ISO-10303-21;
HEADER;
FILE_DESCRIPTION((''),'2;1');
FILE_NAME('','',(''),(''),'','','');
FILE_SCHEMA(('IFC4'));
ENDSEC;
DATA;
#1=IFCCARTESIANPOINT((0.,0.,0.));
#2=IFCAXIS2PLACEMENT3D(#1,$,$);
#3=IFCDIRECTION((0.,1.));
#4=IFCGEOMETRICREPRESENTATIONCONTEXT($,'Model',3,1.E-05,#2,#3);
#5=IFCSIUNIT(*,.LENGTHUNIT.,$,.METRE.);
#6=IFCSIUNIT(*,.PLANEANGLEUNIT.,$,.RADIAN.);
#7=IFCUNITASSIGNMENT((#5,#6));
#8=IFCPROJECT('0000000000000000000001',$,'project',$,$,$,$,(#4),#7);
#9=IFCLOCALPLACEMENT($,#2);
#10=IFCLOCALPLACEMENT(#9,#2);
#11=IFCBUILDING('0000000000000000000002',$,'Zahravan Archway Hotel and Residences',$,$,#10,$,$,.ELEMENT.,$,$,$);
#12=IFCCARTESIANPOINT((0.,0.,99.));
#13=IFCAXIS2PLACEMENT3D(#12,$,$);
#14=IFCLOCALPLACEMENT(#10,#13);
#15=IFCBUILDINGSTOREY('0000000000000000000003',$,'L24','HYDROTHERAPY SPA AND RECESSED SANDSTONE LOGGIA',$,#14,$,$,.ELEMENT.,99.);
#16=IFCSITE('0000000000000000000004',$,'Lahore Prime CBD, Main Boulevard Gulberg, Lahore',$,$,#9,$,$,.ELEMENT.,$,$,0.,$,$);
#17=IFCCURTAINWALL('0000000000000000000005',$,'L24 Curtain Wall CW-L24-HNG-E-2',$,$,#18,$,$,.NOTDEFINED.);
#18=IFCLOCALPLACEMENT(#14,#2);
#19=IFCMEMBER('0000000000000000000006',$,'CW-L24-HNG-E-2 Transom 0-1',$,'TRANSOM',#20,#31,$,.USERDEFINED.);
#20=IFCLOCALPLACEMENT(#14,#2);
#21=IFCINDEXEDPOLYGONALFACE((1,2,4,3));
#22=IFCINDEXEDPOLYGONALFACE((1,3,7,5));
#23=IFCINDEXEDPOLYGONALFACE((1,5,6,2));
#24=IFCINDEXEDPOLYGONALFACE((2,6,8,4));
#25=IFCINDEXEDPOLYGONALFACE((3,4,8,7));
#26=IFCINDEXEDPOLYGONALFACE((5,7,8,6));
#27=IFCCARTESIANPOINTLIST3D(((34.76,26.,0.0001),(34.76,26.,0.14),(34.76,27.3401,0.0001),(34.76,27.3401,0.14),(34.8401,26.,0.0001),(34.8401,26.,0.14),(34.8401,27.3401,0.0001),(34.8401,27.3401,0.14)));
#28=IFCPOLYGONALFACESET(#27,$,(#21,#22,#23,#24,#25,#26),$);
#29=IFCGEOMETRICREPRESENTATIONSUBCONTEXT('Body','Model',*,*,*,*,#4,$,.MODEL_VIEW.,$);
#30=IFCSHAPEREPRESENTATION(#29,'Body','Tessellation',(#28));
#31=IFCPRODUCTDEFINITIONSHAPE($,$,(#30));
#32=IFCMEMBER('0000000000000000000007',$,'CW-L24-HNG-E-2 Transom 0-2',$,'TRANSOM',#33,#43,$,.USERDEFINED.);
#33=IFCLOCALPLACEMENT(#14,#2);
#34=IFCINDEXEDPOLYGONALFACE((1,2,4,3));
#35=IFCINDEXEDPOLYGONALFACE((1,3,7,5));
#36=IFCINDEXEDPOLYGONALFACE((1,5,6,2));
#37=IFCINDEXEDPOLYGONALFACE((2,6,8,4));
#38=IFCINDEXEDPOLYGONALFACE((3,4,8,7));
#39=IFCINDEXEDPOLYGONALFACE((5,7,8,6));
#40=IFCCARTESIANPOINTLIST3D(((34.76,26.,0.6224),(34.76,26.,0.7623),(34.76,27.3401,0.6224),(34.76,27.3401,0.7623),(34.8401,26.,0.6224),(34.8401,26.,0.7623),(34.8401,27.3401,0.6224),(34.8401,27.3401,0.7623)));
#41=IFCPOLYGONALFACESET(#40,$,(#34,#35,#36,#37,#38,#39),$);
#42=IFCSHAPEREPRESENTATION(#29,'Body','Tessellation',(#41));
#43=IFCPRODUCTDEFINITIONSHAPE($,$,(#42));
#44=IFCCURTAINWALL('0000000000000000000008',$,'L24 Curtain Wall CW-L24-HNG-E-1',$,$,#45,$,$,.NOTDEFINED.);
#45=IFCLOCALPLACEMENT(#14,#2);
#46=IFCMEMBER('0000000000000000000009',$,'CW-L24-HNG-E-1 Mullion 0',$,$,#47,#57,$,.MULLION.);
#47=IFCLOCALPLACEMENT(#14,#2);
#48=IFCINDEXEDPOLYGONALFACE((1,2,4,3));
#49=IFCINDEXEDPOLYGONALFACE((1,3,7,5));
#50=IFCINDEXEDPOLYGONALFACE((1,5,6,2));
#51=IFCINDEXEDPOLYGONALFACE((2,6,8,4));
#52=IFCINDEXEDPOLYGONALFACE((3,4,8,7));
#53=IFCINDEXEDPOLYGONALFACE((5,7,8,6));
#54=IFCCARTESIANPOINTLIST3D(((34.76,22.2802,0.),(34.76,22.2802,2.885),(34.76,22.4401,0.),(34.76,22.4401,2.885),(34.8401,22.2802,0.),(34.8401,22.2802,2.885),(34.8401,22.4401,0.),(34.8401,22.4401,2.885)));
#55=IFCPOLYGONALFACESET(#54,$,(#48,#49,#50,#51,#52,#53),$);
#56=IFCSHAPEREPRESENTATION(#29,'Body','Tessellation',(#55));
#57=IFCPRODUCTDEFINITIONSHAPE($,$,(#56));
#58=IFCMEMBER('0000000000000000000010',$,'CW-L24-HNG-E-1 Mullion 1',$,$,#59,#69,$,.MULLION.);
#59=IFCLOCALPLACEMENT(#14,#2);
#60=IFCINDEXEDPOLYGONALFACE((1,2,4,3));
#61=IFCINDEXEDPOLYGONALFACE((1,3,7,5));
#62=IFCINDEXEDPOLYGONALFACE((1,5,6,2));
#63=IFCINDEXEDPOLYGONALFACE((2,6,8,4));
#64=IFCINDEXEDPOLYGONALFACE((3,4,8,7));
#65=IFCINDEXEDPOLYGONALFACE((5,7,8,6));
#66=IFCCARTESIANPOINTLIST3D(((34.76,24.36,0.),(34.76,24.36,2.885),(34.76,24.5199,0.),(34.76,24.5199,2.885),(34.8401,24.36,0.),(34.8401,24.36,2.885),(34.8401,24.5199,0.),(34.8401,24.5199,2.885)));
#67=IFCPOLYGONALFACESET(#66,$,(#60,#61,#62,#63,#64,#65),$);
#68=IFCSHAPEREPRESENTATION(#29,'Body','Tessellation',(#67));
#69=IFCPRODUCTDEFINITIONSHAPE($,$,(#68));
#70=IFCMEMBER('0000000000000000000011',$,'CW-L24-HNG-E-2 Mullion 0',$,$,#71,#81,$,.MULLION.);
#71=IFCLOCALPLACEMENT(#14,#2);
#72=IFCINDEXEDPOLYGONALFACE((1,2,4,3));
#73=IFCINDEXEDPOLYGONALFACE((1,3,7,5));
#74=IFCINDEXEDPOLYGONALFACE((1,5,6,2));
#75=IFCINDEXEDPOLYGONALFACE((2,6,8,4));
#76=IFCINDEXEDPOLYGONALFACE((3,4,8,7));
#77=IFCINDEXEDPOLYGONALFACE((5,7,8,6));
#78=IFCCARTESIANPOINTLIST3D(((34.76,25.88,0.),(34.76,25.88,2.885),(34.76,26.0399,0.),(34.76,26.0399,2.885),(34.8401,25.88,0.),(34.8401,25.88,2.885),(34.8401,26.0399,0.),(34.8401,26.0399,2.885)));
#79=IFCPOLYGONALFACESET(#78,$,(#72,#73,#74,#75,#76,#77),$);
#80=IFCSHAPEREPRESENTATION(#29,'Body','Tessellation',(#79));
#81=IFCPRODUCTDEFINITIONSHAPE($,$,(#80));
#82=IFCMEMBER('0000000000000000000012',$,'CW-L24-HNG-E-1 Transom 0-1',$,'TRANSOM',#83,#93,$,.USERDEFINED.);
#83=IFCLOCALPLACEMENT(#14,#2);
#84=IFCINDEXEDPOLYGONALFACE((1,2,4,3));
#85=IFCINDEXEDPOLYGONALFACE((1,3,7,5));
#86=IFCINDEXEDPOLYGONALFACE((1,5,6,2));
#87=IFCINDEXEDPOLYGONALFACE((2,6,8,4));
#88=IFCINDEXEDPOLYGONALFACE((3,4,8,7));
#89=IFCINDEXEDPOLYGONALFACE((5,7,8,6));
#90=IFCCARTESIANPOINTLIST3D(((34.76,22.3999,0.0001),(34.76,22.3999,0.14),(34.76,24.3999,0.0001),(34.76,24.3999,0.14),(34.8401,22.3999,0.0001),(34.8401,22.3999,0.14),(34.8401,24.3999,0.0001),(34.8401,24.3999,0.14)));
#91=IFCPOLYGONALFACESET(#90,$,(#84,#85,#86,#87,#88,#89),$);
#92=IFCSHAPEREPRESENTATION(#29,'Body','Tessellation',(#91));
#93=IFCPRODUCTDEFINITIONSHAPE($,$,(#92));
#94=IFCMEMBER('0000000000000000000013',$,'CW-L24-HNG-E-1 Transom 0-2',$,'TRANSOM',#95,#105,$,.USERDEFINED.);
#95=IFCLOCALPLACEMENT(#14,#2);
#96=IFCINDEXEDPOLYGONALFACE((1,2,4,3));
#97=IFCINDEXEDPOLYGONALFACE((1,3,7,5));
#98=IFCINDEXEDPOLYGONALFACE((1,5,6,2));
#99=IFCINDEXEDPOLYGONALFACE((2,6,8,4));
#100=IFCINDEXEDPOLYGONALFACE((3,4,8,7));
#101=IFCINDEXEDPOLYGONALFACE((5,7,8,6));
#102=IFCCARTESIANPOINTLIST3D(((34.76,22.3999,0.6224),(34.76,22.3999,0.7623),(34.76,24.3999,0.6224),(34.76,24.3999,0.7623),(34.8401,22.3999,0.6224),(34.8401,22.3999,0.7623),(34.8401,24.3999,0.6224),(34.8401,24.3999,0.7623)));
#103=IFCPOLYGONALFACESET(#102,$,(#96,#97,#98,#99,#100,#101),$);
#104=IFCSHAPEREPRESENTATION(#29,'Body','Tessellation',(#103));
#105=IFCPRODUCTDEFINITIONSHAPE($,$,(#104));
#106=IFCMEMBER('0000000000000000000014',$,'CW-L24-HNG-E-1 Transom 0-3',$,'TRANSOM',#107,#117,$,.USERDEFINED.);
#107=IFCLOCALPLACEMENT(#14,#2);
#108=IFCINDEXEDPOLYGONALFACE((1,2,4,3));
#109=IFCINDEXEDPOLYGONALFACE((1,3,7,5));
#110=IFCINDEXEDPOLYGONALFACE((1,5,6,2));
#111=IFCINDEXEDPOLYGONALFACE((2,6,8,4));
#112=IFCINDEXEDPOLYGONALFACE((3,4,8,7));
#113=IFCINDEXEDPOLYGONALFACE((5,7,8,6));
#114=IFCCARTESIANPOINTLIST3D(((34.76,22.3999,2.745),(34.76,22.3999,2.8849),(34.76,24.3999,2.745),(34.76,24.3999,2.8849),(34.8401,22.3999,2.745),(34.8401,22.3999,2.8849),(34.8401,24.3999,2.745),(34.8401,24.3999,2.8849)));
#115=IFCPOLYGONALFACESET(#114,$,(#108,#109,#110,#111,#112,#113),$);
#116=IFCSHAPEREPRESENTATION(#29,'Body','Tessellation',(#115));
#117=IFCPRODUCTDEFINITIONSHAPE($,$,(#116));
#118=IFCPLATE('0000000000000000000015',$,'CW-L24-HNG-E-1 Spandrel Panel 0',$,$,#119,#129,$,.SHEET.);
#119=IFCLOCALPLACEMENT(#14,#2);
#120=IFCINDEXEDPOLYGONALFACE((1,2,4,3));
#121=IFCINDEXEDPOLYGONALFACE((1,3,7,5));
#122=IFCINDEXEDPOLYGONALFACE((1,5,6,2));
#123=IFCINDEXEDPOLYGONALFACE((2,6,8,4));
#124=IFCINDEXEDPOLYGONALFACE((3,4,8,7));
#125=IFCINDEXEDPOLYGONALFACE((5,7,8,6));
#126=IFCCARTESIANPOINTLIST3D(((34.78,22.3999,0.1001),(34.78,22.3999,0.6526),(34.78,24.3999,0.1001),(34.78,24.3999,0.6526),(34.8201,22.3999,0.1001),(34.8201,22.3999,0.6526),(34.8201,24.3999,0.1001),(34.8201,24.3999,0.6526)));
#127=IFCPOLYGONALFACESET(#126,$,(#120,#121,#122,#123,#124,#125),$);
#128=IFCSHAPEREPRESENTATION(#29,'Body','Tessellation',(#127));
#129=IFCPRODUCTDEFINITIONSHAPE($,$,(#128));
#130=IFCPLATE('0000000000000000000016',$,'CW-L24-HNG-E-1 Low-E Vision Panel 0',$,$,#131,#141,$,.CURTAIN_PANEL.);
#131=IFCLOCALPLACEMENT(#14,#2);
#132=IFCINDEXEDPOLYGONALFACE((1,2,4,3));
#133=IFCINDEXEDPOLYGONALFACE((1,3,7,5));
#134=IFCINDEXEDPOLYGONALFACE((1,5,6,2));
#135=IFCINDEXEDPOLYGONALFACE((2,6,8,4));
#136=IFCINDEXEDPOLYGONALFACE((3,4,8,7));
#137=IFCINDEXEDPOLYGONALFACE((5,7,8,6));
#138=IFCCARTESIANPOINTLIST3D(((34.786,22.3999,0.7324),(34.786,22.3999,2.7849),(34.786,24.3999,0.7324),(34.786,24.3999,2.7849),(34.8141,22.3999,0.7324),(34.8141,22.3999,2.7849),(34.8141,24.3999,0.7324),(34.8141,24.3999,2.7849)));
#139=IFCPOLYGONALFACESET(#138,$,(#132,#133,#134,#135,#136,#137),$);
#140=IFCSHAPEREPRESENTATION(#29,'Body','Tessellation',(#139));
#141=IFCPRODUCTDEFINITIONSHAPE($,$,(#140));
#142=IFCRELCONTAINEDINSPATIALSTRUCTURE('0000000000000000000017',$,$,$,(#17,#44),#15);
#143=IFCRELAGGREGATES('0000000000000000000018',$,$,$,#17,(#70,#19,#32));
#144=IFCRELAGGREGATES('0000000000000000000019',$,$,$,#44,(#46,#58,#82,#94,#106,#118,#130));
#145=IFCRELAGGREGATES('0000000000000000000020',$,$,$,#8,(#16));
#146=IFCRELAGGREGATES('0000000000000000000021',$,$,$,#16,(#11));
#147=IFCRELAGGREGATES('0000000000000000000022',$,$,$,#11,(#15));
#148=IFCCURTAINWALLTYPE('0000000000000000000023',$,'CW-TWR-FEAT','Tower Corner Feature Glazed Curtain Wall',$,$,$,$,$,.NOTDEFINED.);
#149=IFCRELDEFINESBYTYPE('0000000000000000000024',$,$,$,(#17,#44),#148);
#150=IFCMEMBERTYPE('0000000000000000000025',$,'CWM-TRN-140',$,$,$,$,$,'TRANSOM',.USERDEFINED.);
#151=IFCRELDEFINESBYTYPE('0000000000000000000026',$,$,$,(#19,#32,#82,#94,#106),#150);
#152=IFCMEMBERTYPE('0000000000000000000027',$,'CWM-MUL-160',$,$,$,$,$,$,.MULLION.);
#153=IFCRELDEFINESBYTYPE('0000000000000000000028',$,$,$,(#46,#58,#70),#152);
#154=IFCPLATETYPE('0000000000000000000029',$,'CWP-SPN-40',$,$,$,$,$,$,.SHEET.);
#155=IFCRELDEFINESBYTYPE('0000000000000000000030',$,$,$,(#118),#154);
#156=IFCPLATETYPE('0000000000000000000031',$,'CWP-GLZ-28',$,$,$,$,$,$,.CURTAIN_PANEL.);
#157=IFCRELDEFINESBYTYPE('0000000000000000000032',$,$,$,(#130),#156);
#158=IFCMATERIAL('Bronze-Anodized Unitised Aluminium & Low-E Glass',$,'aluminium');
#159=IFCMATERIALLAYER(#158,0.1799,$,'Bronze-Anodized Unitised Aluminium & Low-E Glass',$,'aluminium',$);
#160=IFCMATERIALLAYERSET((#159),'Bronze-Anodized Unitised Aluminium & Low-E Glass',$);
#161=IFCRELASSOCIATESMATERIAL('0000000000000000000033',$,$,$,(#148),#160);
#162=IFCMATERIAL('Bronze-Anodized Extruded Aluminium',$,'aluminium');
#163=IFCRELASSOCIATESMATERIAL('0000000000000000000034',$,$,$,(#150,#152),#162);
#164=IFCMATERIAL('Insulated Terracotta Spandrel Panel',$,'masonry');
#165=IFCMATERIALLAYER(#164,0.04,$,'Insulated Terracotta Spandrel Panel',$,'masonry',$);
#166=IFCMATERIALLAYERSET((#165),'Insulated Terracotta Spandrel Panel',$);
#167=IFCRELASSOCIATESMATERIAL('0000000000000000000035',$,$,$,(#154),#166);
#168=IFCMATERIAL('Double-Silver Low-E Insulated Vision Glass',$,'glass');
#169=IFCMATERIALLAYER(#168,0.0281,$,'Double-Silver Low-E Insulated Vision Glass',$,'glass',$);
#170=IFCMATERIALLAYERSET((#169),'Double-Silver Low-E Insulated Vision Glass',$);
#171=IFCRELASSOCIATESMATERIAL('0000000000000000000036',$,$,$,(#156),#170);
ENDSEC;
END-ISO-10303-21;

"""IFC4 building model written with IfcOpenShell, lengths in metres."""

from ifc_helpers import new_model, si_unit, direction, frame, origin, origin_2d, place, context, subcontext, project, spatial, rectangle, extrude, source, transform, mapped, material, layer, layer_set, material_profile, profile_set, type_object, element, aggregate, save


model = new_model("IFC4")

# Units and contexts
model_context = context("Model", 3, precision=1e-05, world=origin(), true_north=direction((0.0, 1.0)))
body_context = subcontext(model_context, "Body", "Model", "MODEL_VIEW")
ifc_project = project(units=[si_unit("LENGTHUNIT", "METRE"), si_unit("PLANEANGLEUNIT", "RADIAN")], contexts=[model_context])

# Site, building, storey
site_placement = place(None, origin())
site = spatial("IfcSite", under=ifc_project, at=site_placement, Name="Lahore Prime CBD, Main Boulevard Gulberg, Lahore", CompositionType="ELEMENT", RefElevation=0.0)
building_placement = place(site_placement, origin())
building = spatial("IfcBuilding", under=site, at=building_placement, Name="Zahravan Archway Hotel and Residences", CompositionType="ELEMENT")
storey_placement = place(building_placement, frame((0.0, 0.0, 99.0)))
storey = spatial("IfcBuildingStorey", under=building, at=storey_placement, Name="L24", Description="HYDROTHERAPY SPA AND RECESSED SANDSTONE LOGGIA", CompositionType="ELEMENT", Elevation=99.0)

# Curtain walls, members
ifc_material_1 = material(Name="Bronze-Anodized Unitised Aluminium & Low-E Glass", Category="aluminium")
ifc_layer_1 = layer(ifc_material_1, 0.1799, Name="Bronze-Anodized Unitised Aluminium & Low-E Glass", Category="aluminium")
ifc_layer_set_1 = layer_set([ifc_layer_1], Name="Bronze-Anodized Unitised Aluminium & Low-E Glass")
curtain_wall_type = type_object("IfcCurtainWallType", Name="CW-TWR-FEAT", Description="Tower Corner Feature Glazed Curtain Wall", PredefinedType="NOTDEFINED", material=ifc_layer_set_1)
curtain_wall_1_placement = place(storey_placement, origin())
curtain_wall_1 = element("IfcCurtainWall", 1, at=curtain_wall_1_placement, inside=storey, type_object=curtain_wall_type, Name="L24 Curtain Wall CW-L24-HNG-E-2", PredefinedType="NOTDEFINED")
ifc_material_2 = material(Name="Bronze-Anodized Extruded Aluminium", Category="aluminium")
ifc_material_profile_1 = material_profile(ifc_material_2, rectangle(XDim=0.0801, YDim=0.1399, at=origin_2d()), Name="TRN 80x140", Category="aluminium")
ifc_profile_set_1 = profile_set([ifc_material_profile_1], Name="Bronze-Anodized Extruded Aluminium")
member_type_1 = type_object("IfcMemberType", Name="CWM-TRN-140", ElementType="TRANSOM", PredefinedType="USERDEFINED", material=ifc_profile_set_1)
shared_shape_1 = source(origin(), body_context, "Body", "SweptSolid", [
    extrude(rectangle(XDim=0.0801, YDim=0.1399, at=origin_2d()), origin(), (0.0, 0.0, 1.0), 1.3401),
])
member_1_placement = place(storey_placement, frame((34.8, 26.0, 0.0701), z_axis=(0.0, 1.0, 0.0), x_axis=(-1.0, 0.0, 0.0)))
member_1 = element("IfcMember", 2, at=member_1_placement, type_object=member_type_1, Name="CW-L24-HNG-E-2 Transom 0-1", ObjectType="TRANSOM", PredefinedType="USERDEFINED", context=body_context, shape_type="MappedRepresentation", body=[
    mapped(shared_shape_1, transform((0.0, 0.0, 0.0), scale=1.0)),
])
member_2_placement = place(storey_placement, frame((34.8, 26.0, 0.6924), z_axis=(0.0, 1.0, 0.0), x_axis=(-1.0, 0.0, 0.0)))
member_2 = element("IfcMember", 3, at=member_2_placement, type_object=member_type_1, Name="CW-L24-HNG-E-2 Transom 0-2", ObjectType="TRANSOM", PredefinedType="USERDEFINED", context=body_context, shape_type="MappedRepresentation", body=[
    mapped(shared_shape_1, transform((0.0, 0.0, 0.0), scale=1.0)),
])
curtain_wall_2_placement = place(storey_placement, origin())
curtain_wall_2 = element("IfcCurtainWall", 4, at=curtain_wall_2_placement, inside=storey, type_object=curtain_wall_type, Name="L24 Curtain Wall CW-L24-HNG-E-1", PredefinedType="NOTDEFINED")
ifc_material_profile_2 = material_profile(ifc_material_2, rectangle(XDim=0.0801, YDim=0.1599, at=origin_2d()), Name="MUL 80x160", Category="aluminium")
ifc_profile_set_2 = profile_set([ifc_material_profile_2], Name="Bronze-Anodized Extruded Aluminium")
member_type_2 = type_object("IfcMemberType", Name="CWM-MUL-160", PredefinedType="MULLION", material=ifc_profile_set_2)
shared_shape_2 = source(origin(), body_context, "Body", "SweptSolid", [
    extrude(rectangle(XDim=0.0801, YDim=0.1599, at=origin_2d()), origin(), (0.0, 0.0, 1.0), 2.885),
])
member_3_placement = place(storey_placement, frame((34.8, 22.3601, 0.0), z_axis=(0.0, 0.0, 1.0), x_axis=(1.0, 0.0, 0.0)))
member_3 = element("IfcMember", 5, at=member_3_placement, type_object=member_type_2, Name="CW-L24-HNG-E-1 Mullion 0", PredefinedType="MULLION", context=body_context, shape_type="MappedRepresentation", body=[
    mapped(shared_shape_2, transform((0.0, 0.0, 0.0), scale=1.0)),
])
member_4_placement = place(storey_placement, frame((34.8, 24.4399, 0.0), z_axis=(0.0, 0.0, 1.0), x_axis=(1.0, 0.0, 0.0)))
member_4 = element("IfcMember", 6, at=member_4_placement, type_object=member_type_2, Name="CW-L24-HNG-E-1 Mullion 1", PredefinedType="MULLION", context=body_context, shape_type="MappedRepresentation", body=[
    mapped(shared_shape_2, transform((0.0, 0.0, 0.0), scale=1.0)),
])

# Members
member_5_placement = place(storey_placement, frame((34.8, 25.96, 0.0), z_axis=(0.0, 0.0, 1.0), x_axis=(1.0, 0.0, 0.0)))
member_5 = element("IfcMember", 7, at=member_5_placement, type_object=member_type_2, Name="CW-L24-HNG-E-2 Mullion 0", PredefinedType="MULLION", context=body_context, shape_type="MappedRepresentation", body=[
    mapped(shared_shape_2, transform((0.0, 0.0, 0.0), scale=1.0)),
])
aggregate(curtain_wall_1, [member_5, member_1, member_2])
shared_shape_3 = source(origin(), body_context, "Body", "SweptSolid", [
    extrude(rectangle(XDim=0.0801, YDim=0.1399, at=origin_2d()), origin(), (0.0, 0.0, 1.0), 2.0),
])
member_6_placement = place(storey_placement, frame((34.8, 22.3999, 0.0701), z_axis=(0.0, 1.0, 0.0), x_axis=(-1.0, 0.0, 0.0)))
member_6 = element("IfcMember", 8, at=member_6_placement, type_object=member_type_1, Name="CW-L24-HNG-E-1 Transom 0-1", ObjectType="TRANSOM", PredefinedType="USERDEFINED", context=body_context, shape_type="MappedRepresentation", body=[
    mapped(shared_shape_3, transform((0.0, 0.0, 0.0), scale=1.0)),
])
member_7_placement = place(storey_placement, frame((34.8, 22.3999, 0.6924), z_axis=(0.0, 1.0, 0.0), x_axis=(-1.0, 0.0, 0.0)))
member_7 = element("IfcMember", 9, at=member_7_placement, type_object=member_type_1, Name="CW-L24-HNG-E-1 Transom 0-2", ObjectType="TRANSOM", PredefinedType="USERDEFINED", context=body_context, shape_type="MappedRepresentation", body=[
    mapped(shared_shape_3, transform((0.0, 0.0, 0.0), scale=1.0)),
])
member_8_placement = place(storey_placement, frame((34.8, 22.3999, 2.8149), z_axis=(0.0, 1.0, 0.0), x_axis=(-1.0, 0.0, 0.0)))
member_8 = element("IfcMember", 10, at=member_8_placement, type_object=member_type_1, Name="CW-L24-HNG-E-1 Transom 0-3", ObjectType="TRANSOM", PredefinedType="USERDEFINED", context=body_context, shape_type="MappedRepresentation", body=[
    mapped(shared_shape_3, transform((0.0, 0.0, 0.0), scale=1.0)),
])

# Plates
ifc_material_3 = material(Name="Insulated Terracotta Spandrel Panel", Category="masonry")
ifc_layer_2 = layer(ifc_material_3, 0.04, Name="Insulated Terracotta Spandrel Panel", Category="masonry")
ifc_layer_set_2 = layer_set([ifc_layer_2], Name="Insulated Terracotta Spandrel Panel")
plate_type_1 = type_object("IfcPlateType", Name="CWP-SPN-40", PredefinedType="SHEET", material=ifc_layer_set_2)
shared_shape_4 = source(origin(), body_context, "Body", "SweptSolid", [
    extrude(rectangle(XDim=2.0, YDim=0.04, at=origin_2d()), origin(), (0.0, 0.0, 1.0), 0.5525),
])
plate_1_placement = place(storey_placement, frame((34.8, 23.3999, 0.1001), z_axis=(0.0, 0.0, 1.0), x_axis=(0.0, 1.0, 0.0)))
plate_1 = element("IfcPlate", 11, at=plate_1_placement, type_object=plate_type_1, Name="CW-L24-HNG-E-1 Spandrel Panel 0", PredefinedType="SHEET", context=body_context, shape_type="MappedRepresentation", body=[
    mapped(shared_shape_4, transform((0.0, 0.0, 0.0), scale=1.0)),
])
ifc_material_4 = material(Name="Double-Silver Low-E Insulated Vision Glass", Category="glass")
ifc_layer_3 = layer(ifc_material_4, 0.0281, Name="Double-Silver Low-E Insulated Vision Glass", Category="glass")
ifc_layer_set_3 = layer_set([ifc_layer_3], Name="Double-Silver Low-E Insulated Vision Glass")
plate_type_2 = type_object("IfcPlateType", Name="CWP-GLZ-28", PredefinedType="CURTAIN_PANEL", material=ifc_layer_set_3)
shared_shape_5 = source(origin(), body_context, "Body", "SweptSolid", [
    extrude(rectangle(XDim=2.0, YDim=0.0281, at=origin_2d()), origin(), (0.0, 0.0, 1.0), 2.0525),
])
plate_2_placement = place(storey_placement, frame((34.8, 23.3999, 0.7324), z_axis=(0.0, 0.0, 1.0), x_axis=(0.0, 1.0, 0.0)))
plate_2 = element("IfcPlate", 12, at=plate_2_placement, type_object=plate_type_2, Name="CW-L24-HNG-E-1 Low-E Vision Panel 0", PredefinedType="CURTAIN_PANEL", context=body_context, shape_type="MappedRepresentation", body=[
    mapped(shared_shape_5, transform((0.0, 0.0, 0.0), scale=1.0)),
])
aggregate(curtain_wall_2, [member_3, member_4, member_6, member_7, member_8, plate_1, plate_2])

save(model, "model.ifc")
